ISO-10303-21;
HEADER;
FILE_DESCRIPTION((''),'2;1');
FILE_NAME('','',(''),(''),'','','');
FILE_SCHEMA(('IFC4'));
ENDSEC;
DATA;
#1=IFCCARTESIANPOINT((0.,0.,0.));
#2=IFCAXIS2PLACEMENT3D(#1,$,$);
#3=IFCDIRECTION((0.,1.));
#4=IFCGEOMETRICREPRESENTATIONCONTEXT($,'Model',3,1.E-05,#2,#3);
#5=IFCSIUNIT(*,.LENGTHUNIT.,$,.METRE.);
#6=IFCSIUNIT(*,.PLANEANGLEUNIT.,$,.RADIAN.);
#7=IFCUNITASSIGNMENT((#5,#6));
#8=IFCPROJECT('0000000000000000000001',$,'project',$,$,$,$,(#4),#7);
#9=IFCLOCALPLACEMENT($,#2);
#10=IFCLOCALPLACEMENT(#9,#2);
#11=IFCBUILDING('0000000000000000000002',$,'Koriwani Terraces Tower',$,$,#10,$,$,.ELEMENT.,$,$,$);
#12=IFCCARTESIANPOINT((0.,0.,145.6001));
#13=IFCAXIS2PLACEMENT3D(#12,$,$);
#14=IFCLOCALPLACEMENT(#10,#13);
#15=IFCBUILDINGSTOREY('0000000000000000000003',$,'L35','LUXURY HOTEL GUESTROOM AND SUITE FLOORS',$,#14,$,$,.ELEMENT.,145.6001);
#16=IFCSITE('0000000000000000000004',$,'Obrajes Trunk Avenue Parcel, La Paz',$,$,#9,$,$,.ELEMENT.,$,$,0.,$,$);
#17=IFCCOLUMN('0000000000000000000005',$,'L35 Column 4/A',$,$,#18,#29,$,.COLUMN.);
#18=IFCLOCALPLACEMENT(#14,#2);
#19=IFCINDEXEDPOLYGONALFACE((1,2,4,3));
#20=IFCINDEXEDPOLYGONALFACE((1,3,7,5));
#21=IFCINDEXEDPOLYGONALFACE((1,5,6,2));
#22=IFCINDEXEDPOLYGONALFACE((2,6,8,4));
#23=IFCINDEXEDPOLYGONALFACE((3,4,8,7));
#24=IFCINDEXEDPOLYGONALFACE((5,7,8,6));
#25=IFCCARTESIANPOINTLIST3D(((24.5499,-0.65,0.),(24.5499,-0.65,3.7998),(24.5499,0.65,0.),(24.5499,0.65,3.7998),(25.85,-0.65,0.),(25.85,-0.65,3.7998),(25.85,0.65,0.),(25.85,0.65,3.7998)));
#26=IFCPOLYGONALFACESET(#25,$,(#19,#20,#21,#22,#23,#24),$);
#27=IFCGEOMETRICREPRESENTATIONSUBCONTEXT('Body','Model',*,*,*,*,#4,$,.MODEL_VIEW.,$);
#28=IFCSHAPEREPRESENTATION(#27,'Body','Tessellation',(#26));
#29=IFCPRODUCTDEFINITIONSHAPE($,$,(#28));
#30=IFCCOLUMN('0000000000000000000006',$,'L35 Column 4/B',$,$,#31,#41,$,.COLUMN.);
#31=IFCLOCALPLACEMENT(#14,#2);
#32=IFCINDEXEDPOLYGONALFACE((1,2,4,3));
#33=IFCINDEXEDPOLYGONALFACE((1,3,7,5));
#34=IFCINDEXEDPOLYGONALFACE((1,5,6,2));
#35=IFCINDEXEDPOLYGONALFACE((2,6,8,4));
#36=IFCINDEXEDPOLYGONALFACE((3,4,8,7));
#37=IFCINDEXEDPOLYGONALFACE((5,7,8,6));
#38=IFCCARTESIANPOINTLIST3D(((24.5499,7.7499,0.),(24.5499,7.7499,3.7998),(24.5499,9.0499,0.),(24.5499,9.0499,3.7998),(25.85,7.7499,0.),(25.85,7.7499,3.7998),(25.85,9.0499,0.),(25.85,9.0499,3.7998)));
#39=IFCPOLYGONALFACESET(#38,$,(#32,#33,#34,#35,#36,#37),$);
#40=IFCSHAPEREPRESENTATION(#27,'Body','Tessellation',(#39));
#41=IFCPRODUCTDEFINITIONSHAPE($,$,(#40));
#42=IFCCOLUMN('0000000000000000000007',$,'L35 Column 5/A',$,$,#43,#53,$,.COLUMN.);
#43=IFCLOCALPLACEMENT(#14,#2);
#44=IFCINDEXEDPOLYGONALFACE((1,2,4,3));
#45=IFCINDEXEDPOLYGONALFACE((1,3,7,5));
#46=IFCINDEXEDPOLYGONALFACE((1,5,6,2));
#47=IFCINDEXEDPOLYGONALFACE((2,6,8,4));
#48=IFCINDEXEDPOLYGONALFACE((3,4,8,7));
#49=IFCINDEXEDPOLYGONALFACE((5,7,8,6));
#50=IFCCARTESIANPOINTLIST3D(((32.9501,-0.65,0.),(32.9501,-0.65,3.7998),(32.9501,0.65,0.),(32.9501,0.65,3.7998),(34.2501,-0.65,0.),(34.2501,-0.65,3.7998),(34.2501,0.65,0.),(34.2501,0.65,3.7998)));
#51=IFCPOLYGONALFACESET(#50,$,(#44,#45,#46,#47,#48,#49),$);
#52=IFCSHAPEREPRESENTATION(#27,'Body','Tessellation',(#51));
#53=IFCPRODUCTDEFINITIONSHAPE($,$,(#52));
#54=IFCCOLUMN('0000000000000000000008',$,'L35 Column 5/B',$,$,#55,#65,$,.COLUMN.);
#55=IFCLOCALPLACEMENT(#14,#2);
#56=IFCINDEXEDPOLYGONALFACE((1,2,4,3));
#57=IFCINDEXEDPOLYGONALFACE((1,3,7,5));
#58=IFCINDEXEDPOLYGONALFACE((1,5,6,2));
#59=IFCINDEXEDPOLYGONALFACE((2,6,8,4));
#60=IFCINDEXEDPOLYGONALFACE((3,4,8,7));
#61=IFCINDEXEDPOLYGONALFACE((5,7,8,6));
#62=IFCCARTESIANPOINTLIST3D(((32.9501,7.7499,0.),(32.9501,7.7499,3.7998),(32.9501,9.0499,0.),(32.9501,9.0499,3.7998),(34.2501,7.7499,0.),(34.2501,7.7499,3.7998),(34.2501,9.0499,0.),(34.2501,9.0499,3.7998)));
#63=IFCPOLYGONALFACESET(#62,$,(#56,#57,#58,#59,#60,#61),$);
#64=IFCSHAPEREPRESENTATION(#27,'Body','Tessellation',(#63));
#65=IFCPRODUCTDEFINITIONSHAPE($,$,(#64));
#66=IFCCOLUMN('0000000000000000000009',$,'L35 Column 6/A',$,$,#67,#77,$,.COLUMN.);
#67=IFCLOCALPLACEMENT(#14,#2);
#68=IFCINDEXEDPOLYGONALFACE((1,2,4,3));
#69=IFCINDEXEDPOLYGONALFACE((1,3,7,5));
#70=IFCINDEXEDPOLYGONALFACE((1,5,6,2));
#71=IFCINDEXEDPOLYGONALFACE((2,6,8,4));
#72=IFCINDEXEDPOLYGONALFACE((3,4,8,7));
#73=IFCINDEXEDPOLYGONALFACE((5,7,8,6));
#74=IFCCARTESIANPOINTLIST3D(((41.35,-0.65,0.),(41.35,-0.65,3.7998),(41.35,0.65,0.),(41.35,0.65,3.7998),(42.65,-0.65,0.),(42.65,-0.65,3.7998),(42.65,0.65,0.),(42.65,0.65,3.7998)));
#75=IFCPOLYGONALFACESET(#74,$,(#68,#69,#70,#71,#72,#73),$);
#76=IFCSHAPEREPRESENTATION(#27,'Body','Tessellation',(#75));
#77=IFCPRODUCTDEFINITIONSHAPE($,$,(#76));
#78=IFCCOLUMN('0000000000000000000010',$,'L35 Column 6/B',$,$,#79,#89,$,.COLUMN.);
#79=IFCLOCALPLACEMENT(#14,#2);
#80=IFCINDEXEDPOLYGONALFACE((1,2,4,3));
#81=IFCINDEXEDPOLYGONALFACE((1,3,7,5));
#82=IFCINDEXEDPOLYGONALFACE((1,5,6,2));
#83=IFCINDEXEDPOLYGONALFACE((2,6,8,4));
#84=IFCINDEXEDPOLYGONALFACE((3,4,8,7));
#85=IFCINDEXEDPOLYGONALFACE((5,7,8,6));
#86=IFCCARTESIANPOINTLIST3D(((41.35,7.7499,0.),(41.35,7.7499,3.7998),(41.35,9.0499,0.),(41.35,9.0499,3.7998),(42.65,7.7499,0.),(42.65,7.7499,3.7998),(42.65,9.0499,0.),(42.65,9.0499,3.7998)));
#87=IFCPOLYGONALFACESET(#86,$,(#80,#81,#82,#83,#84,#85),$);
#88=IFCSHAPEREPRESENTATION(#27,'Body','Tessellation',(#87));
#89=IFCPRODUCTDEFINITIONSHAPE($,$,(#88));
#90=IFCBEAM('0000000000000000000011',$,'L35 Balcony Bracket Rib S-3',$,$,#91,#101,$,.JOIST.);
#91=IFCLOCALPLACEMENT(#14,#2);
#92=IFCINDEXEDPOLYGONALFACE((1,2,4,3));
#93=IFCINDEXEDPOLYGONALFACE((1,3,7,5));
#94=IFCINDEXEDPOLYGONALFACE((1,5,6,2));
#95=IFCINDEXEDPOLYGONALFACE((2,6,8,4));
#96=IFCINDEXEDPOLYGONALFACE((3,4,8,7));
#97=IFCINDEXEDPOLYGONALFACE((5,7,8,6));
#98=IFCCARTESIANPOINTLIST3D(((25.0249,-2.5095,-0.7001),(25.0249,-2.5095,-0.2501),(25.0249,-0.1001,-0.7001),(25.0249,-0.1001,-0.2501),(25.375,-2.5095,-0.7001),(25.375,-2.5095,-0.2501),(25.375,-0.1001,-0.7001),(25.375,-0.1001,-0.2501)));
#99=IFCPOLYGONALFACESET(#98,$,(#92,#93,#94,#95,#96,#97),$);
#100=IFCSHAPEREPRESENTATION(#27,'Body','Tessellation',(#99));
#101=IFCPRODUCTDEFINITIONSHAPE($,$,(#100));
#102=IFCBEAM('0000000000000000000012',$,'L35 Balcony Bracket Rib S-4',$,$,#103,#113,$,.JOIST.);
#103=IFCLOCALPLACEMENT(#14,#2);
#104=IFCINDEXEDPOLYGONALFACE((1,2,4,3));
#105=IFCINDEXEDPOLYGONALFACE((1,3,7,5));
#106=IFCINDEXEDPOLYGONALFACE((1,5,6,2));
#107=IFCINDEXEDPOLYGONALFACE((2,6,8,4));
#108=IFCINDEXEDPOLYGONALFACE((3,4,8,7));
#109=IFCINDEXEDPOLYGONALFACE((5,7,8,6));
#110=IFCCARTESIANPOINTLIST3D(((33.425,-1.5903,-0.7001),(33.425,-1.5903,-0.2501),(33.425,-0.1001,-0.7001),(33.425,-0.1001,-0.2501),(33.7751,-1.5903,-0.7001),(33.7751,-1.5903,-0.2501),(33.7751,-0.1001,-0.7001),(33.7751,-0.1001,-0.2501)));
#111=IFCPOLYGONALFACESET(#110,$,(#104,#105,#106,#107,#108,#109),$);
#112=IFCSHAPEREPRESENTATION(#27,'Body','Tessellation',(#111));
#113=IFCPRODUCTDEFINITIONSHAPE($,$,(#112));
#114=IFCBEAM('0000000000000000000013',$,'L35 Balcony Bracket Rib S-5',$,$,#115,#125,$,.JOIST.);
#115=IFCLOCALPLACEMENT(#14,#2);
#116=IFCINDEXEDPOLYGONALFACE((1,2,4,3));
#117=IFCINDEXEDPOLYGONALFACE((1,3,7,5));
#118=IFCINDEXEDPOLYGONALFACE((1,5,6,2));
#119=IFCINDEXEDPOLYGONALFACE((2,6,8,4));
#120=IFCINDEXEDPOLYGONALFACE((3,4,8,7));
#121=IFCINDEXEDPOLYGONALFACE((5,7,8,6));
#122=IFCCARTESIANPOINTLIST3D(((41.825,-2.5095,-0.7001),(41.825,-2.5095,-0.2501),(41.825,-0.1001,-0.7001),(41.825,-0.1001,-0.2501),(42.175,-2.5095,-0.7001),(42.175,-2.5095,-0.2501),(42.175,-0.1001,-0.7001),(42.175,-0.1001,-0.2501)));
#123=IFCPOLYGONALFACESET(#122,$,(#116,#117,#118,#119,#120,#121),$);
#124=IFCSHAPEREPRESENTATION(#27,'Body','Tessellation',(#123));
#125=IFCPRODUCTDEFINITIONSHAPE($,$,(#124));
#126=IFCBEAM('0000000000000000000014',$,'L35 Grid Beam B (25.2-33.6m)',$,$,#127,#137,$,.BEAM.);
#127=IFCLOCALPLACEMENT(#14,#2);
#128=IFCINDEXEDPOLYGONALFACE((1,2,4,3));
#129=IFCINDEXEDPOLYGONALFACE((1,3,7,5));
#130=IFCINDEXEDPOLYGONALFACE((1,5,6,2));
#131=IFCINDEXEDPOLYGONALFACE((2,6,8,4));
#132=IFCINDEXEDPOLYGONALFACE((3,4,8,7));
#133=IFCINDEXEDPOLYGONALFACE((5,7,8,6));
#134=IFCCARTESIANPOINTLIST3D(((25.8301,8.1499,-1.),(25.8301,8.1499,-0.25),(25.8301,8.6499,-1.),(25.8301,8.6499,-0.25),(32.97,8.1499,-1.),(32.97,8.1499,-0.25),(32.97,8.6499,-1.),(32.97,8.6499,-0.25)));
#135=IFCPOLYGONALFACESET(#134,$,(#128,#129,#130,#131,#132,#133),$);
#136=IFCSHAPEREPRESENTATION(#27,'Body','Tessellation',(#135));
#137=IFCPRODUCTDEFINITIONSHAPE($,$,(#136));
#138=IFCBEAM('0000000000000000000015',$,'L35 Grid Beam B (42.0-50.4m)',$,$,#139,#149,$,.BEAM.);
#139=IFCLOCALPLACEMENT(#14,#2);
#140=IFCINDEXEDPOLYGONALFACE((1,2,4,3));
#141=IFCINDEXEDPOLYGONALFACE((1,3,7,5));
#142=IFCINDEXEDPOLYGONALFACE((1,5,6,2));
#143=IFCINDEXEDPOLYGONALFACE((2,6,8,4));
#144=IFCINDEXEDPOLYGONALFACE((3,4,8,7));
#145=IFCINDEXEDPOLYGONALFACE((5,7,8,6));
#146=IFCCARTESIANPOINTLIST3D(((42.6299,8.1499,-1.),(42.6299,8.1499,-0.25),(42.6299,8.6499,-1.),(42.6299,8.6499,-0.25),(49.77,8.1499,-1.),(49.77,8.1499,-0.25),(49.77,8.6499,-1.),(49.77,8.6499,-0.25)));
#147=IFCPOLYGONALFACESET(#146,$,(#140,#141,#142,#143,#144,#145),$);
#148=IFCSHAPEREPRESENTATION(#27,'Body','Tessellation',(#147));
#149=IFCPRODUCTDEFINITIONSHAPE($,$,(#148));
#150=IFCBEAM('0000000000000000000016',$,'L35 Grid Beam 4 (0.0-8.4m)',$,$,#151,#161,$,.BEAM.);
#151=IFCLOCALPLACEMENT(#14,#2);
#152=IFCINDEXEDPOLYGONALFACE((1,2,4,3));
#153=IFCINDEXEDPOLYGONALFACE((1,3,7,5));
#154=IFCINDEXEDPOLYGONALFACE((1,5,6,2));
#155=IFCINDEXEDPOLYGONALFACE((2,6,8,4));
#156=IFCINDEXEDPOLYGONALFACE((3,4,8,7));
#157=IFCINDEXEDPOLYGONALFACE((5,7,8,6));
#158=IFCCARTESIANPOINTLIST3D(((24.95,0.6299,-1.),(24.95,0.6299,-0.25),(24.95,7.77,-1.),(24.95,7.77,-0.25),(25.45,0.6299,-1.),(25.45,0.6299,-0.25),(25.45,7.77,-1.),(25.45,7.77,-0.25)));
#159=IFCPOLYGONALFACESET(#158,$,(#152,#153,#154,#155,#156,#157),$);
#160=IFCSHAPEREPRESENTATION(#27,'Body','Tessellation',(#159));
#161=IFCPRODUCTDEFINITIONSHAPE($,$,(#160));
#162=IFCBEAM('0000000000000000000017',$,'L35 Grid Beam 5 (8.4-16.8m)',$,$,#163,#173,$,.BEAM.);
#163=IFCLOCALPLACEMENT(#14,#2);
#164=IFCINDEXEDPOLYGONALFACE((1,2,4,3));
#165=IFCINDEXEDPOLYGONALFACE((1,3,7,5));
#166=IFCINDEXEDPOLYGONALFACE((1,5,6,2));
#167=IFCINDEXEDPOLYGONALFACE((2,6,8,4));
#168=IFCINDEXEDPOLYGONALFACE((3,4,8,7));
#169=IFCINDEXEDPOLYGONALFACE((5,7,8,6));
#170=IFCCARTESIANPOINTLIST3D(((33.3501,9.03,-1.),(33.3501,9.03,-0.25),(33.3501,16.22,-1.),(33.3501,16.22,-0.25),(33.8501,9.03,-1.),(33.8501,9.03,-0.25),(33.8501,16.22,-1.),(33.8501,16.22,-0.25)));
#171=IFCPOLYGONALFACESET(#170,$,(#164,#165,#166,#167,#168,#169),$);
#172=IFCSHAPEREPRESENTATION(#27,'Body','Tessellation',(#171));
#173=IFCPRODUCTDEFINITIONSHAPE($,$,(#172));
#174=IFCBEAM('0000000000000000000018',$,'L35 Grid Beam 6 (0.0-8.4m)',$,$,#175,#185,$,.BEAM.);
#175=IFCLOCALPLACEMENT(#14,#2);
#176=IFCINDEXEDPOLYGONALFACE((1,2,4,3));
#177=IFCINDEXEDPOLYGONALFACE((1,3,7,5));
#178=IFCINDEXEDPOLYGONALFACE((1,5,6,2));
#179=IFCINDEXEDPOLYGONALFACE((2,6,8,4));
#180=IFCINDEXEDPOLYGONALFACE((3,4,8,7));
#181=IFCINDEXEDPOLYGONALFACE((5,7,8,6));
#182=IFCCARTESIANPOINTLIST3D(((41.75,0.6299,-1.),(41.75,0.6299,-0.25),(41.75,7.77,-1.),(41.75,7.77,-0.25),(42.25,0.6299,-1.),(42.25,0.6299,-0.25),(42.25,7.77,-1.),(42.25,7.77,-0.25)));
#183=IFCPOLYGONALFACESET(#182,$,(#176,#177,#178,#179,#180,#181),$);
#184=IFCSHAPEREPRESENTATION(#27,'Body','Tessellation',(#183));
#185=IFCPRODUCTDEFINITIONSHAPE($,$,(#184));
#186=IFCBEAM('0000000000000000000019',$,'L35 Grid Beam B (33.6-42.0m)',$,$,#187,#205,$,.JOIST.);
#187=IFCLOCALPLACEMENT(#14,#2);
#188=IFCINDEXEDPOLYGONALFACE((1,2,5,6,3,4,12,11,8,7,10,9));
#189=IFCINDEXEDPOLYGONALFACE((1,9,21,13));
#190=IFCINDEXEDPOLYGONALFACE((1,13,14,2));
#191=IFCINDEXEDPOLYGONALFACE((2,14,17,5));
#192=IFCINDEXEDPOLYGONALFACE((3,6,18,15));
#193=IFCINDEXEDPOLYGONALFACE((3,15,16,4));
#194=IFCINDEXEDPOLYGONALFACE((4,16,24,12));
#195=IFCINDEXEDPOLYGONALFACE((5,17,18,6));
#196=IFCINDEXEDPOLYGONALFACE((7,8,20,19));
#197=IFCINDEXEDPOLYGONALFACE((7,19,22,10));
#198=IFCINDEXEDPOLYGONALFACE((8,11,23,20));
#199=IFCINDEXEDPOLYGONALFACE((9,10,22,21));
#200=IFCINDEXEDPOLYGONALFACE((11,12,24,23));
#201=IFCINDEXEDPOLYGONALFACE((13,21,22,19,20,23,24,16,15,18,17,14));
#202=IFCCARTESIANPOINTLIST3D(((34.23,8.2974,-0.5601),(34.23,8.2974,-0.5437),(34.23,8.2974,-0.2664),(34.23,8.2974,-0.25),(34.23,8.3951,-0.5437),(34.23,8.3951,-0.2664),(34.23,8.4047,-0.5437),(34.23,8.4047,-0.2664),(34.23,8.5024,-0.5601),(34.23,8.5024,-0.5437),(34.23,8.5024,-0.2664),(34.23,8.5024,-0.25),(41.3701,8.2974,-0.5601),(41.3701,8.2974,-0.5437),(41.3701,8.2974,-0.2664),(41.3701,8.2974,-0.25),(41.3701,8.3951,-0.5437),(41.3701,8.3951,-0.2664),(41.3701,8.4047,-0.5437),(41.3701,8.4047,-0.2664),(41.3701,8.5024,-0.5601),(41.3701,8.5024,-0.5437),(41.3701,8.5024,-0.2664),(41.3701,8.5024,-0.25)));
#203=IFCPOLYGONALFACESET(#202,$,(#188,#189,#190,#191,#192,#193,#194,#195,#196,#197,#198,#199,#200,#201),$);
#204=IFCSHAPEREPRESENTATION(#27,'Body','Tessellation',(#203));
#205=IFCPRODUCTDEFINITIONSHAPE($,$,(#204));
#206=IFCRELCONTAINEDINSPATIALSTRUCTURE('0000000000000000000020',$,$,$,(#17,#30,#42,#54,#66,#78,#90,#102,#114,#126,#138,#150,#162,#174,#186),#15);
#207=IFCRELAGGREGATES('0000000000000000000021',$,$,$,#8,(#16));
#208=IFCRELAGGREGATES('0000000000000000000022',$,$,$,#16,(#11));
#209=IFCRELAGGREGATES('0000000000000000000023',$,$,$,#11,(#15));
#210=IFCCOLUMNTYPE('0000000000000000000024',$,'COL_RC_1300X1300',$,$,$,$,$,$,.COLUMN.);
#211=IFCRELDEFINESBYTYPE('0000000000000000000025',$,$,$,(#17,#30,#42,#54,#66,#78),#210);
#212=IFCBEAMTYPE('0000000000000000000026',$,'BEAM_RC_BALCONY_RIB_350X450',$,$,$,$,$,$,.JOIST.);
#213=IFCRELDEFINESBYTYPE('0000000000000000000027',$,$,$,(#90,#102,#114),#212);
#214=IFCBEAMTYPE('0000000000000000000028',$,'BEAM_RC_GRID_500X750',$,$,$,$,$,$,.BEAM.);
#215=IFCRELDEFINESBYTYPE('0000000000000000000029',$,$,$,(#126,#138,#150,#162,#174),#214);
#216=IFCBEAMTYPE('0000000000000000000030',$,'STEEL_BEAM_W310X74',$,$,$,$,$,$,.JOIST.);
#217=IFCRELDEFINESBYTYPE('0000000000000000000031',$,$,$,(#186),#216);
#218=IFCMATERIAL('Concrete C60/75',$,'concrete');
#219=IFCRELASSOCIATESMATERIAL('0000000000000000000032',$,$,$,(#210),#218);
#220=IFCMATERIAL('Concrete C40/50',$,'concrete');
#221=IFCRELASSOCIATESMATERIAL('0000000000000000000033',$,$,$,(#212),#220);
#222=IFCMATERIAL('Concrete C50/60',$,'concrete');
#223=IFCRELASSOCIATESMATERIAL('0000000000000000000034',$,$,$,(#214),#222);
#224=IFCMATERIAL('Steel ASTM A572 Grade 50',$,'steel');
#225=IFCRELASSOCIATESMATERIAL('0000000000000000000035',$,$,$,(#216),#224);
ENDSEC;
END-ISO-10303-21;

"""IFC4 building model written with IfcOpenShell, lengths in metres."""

from ifc_helpers import new_model, si_unit, direction, frame, origin, origin_2d, place, context, subcontext, project, spatial, rectangle, i_section, extrude, material, material_profile, profile_set, type_object, element, save


model = new_model("IFC4")

# Units and contexts
model_context = context("Model", 3, precision=1e-05, world=origin(), true_north=direction((0.0, 1.0)))
body_context = subcontext(model_context, "Body", "Model", "MODEL_VIEW")
ifc_project = project(units=[si_unit("LENGTHUNIT", "METRE"), si_unit("PLANEANGLEUNIT", "RADIAN")], contexts=[model_context])

# Site, building, storey
site_placement = place(None, origin())
site = spatial("IfcSite", under=ifc_project, at=site_placement, Name="Obrajes Trunk Avenue Parcel, La Paz", CompositionType="ELEMENT", RefElevation=0.0)
building_placement = place(site_placement, origin())
building = spatial("IfcBuilding", under=site, at=building_placement, Name="Koriwani Terraces Tower", CompositionType="ELEMENT")
storey_placement = place(building_placement, frame((0.0, 0.0, 145.6001)))
storey = spatial("IfcBuildingStorey", under=building, at=storey_placement, Name="L35", Description="LUXURY HOTEL GUESTROOM AND SUITE FLOORS", CompositionType="ELEMENT", Elevation=145.6001)

# Columns
ifc_material_1 = material(Name="Concrete C60/75", Category="concrete")
ifc_material_profile_1 = material_profile(ifc_material_1, rectangle(XDim=1.3, YDim=1.3, at=origin_2d()), Name="Concrete C60/75", Category="LoadBearing")
ifc_profile_set_1 = profile_set([ifc_material_profile_1], Name="Concrete C60/75")
column_type = type_object("IfcColumnType", Name="COL_RC_1300X1300", PredefinedType="COLUMN", material=ifc_profile_set_1)
for number, where, z_axis, x_axis, name in (
    (1, (25.2, 0.0, 0.0), (0.0, 0.0, 1.0), (1.0, 0.0, 0.0), "L35 Column 4/A"),
    (2, (25.2, 8.3999, 0.0), (0.0, 0.0, 1.0), (1.0, 0.0, 0.0), "L35 Column 4/B"),
    (3, (33.6001, 0.0, 0.0), (0.0, 0.0, 1.0), (1.0, 0.0, 0.0), "L35 Column 5/A"),
    (4, (33.6001, 8.3999, 0.0), (0.0, 0.0, 1.0), (1.0, 0.0, 0.0), "L35 Column 5/B"),
    (5, (42.0, 0.0, 0.0), (0.0, 0.0, 1.0), (1.0, 0.0, 0.0), "L35 Column 6/A"),
    (6, (42.0, 8.3999, 0.0), (0.0, 0.0, 1.0), (1.0, 0.0, 0.0), "L35 Column 6/B"),
):
    element("IfcColumn", number, at=place(storey_placement, frame(where, z_axis=z_axis, x_axis=x_axis)), inside=storey, type_object=column_type, Name=name, PredefinedType="COLUMN", context=body_context, shape_type="SweptSolid", body=[
        extrude(rectangle(XDim=1.3, YDim=1.3, at=origin_2d()), origin(), (0.0, 0.0, 1.0), 3.7998),
    ])

# Beams
ifc_material_2 = material(Name="Concrete C40/50", Category="concrete")
ifc_material_profile_2 = material_profile(ifc_material_2, rectangle(XDim=0.3501, YDim=0.45, at=origin_2d()), Name="Concrete C40/50", Category="LoadBearing")
ifc_profile_set_2 = profile_set([ifc_material_profile_2], Name="Concrete C40/50")
beam_type_1 = type_object("IfcBeamType", Name="BEAM_RC_BALCONY_RIB_350X450", PredefinedType="JOIST", material=ifc_profile_set_2)
beam_1_placement = place(storey_placement, frame((25.2, -2.5095, -0.4751), z_axis=(0.0, 1.0, 0.0), x_axis=(-1.0, 0.0, 0.0)))
element("IfcBeam", 7, at=beam_1_placement, inside=storey, type_object=beam_type_1, Name="L35 Balcony Bracket Rib S-3", PredefinedType="JOIST", context=body_context, shape_type="SweptSolid", body=[
    extrude(rectangle(XDim=0.3501, YDim=0.45, at=origin_2d()), origin(), (0.0, 0.0, 1.0), 2.4094),
])
beam_2_placement = place(storey_placement, frame((33.6001, -1.5903, -0.4751), z_axis=(0.0, 1.0, 0.0), x_axis=(-1.0, 0.0, 0.0)))
element("IfcBeam", 8, at=beam_2_placement, inside=storey, type_object=beam_type_1, Name="L35 Balcony Bracket Rib S-4", PredefinedType="JOIST", context=body_context, shape_type="SweptSolid", body=[
    extrude(rectangle(XDim=0.3501, YDim=0.45, at=origin_2d()), origin(), (0.0, 0.0, 1.0), 1.4902),
])
beam_3_placement = place(storey_placement, frame((42.0, -2.5095, -0.4751), z_axis=(0.0, 1.0, 0.0), x_axis=(-1.0, 0.0, 0.0)))
element("IfcBeam", 9, at=beam_3_placement, inside=storey, type_object=beam_type_1, Name="L35 Balcony Bracket Rib S-5", PredefinedType="JOIST", context=body_context, shape_type="SweptSolid", body=[
    extrude(rectangle(XDim=0.3501, YDim=0.45, at=origin_2d()), origin(), (0.0, 0.0, 1.0), 2.4094),
])
ifc_material_3 = material(Name="Concrete C50/60", Category="concrete")
ifc_material_profile_3 = material_profile(ifc_material_3, rectangle(XDim=0.5, YDim=0.75, at=origin_2d()), Name="Concrete C50/60", Category="LoadBearing")
ifc_profile_set_3 = profile_set([ifc_material_profile_3], Name="Concrete C50/60")
beam_type_2 = type_object("IfcBeamType", Name="BEAM_RC_GRID_500X750", PredefinedType="BEAM", material=ifc_profile_set_3)
beam_4_placement = place(storey_placement, frame((25.8301, 8.3999, -0.625), z_axis=(1.0, 0.0, 0.0), x_axis=(0.0, 1.0, 0.0)))
element("IfcBeam", 10, at=beam_4_placement, inside=storey, type_object=beam_type_2, Name="L35 Grid Beam B (25.2-33.6m)", PredefinedType="BEAM", context=body_context, shape_type="SweptSolid", body=[
    extrude(rectangle(XDim=0.5, YDim=0.75, at=origin_2d()), origin(), (0.0, 0.0, 1.0), 7.1399),
])
for number, where, z_axis, x_axis, name in (
    (11, (42.6299, 8.3999, -0.625), (1.0, 0.0, 0.0), (0.0, 1.0, 0.0), "L35 Grid Beam B (42.0-50.4m)"),
    (12, (25.2, 0.6299, -0.625), (0.0, 1.0, 0.0), (-1.0, 0.0, 0.0), "L35 Grid Beam 4 (0.0-8.4m)"),
):
    element("IfcBeam", number, at=place(storey_placement, frame(where, z_axis=z_axis, x_axis=x_axis)), inside=storey, type_object=beam_type_2, Name=name, PredefinedType="BEAM", context=body_context, shape_type="SweptSolid", body=[
        extrude(rectangle(XDim=0.5, YDim=0.75, at=origin_2d()), origin(), (0.0, 0.0, 1.0), 7.1401),
    ])
beam_5_placement = place(storey_placement, frame((33.6001, 9.03, -0.625), z_axis=(0.0, 1.0, 0.0), x_axis=(-1.0, 0.0, 0.0)))
element("IfcBeam", 13, at=beam_5_placement, inside=storey, type_object=beam_type_2, Name="L35 Grid Beam 5 (8.4-16.8m)", PredefinedType="BEAM", context=body_context, shape_type="SweptSolid", body=[
    extrude(rectangle(XDim=0.5, YDim=0.75, at=origin_2d()), origin(), (0.0, 0.0, 1.0), 7.1899),
])
beam_6_placement = place(storey_placement, frame((42.0, 0.6299, -0.625), z_axis=(0.0, 1.0, 0.0), x_axis=(-1.0, 0.0, 0.0)))
element("IfcBeam", 14, at=beam_6_placement, inside=storey, type_object=beam_type_2, Name="L35 Grid Beam 6 (0.0-8.4m)", PredefinedType="BEAM", context=body_context, shape_type="SweptSolid", body=[
    extrude(rectangle(XDim=0.5, YDim=0.75, at=origin_2d()), origin(), (0.0, 0.0, 1.0), 7.1401),
])
ifc_material_4 = material(Name="Steel ASTM A572 Grade 50", Category="steel")
ifc_material_profile_4 = material_profile(ifc_material_4, i_section(OverallWidth=0.2051, OverallDepth=0.3101, WebThickness=0.0095, FlangeThickness=0.0164, at=origin_2d()), Name="Steel ASTM A572 Grade 50", Category="LoadBearing")
ifc_profile_set_4 = profile_set([ifc_material_profile_4], Name="Steel ASTM A572 Grade 50")
beam_type_3 = type_object("IfcBeamType", Name="STEEL_BEAM_W310X74", PredefinedType="JOIST", material=ifc_profile_set_4)
beam_7_placement = place(storey_placement, frame((34.23, 8.3999, -0.405), z_axis=(1.0, 0.0, 0.0), x_axis=(0.0, 1.0, 0.0)))
element("IfcBeam", 15, at=beam_7_placement, inside=storey, type_object=beam_type_3, Name="L35 Grid Beam B (33.6-42.0m)", PredefinedType="JOIST", context=body_context, shape_type="SweptSolid", body=[
    extrude(i_section(OverallWidth=0.2051, OverallDepth=0.3101, WebThickness=0.0095, FlangeThickness=0.0164, at=origin_2d()), origin(), (0.0, 0.0, 1.0), 7.1401),
])

save(model, "model.ifc")
